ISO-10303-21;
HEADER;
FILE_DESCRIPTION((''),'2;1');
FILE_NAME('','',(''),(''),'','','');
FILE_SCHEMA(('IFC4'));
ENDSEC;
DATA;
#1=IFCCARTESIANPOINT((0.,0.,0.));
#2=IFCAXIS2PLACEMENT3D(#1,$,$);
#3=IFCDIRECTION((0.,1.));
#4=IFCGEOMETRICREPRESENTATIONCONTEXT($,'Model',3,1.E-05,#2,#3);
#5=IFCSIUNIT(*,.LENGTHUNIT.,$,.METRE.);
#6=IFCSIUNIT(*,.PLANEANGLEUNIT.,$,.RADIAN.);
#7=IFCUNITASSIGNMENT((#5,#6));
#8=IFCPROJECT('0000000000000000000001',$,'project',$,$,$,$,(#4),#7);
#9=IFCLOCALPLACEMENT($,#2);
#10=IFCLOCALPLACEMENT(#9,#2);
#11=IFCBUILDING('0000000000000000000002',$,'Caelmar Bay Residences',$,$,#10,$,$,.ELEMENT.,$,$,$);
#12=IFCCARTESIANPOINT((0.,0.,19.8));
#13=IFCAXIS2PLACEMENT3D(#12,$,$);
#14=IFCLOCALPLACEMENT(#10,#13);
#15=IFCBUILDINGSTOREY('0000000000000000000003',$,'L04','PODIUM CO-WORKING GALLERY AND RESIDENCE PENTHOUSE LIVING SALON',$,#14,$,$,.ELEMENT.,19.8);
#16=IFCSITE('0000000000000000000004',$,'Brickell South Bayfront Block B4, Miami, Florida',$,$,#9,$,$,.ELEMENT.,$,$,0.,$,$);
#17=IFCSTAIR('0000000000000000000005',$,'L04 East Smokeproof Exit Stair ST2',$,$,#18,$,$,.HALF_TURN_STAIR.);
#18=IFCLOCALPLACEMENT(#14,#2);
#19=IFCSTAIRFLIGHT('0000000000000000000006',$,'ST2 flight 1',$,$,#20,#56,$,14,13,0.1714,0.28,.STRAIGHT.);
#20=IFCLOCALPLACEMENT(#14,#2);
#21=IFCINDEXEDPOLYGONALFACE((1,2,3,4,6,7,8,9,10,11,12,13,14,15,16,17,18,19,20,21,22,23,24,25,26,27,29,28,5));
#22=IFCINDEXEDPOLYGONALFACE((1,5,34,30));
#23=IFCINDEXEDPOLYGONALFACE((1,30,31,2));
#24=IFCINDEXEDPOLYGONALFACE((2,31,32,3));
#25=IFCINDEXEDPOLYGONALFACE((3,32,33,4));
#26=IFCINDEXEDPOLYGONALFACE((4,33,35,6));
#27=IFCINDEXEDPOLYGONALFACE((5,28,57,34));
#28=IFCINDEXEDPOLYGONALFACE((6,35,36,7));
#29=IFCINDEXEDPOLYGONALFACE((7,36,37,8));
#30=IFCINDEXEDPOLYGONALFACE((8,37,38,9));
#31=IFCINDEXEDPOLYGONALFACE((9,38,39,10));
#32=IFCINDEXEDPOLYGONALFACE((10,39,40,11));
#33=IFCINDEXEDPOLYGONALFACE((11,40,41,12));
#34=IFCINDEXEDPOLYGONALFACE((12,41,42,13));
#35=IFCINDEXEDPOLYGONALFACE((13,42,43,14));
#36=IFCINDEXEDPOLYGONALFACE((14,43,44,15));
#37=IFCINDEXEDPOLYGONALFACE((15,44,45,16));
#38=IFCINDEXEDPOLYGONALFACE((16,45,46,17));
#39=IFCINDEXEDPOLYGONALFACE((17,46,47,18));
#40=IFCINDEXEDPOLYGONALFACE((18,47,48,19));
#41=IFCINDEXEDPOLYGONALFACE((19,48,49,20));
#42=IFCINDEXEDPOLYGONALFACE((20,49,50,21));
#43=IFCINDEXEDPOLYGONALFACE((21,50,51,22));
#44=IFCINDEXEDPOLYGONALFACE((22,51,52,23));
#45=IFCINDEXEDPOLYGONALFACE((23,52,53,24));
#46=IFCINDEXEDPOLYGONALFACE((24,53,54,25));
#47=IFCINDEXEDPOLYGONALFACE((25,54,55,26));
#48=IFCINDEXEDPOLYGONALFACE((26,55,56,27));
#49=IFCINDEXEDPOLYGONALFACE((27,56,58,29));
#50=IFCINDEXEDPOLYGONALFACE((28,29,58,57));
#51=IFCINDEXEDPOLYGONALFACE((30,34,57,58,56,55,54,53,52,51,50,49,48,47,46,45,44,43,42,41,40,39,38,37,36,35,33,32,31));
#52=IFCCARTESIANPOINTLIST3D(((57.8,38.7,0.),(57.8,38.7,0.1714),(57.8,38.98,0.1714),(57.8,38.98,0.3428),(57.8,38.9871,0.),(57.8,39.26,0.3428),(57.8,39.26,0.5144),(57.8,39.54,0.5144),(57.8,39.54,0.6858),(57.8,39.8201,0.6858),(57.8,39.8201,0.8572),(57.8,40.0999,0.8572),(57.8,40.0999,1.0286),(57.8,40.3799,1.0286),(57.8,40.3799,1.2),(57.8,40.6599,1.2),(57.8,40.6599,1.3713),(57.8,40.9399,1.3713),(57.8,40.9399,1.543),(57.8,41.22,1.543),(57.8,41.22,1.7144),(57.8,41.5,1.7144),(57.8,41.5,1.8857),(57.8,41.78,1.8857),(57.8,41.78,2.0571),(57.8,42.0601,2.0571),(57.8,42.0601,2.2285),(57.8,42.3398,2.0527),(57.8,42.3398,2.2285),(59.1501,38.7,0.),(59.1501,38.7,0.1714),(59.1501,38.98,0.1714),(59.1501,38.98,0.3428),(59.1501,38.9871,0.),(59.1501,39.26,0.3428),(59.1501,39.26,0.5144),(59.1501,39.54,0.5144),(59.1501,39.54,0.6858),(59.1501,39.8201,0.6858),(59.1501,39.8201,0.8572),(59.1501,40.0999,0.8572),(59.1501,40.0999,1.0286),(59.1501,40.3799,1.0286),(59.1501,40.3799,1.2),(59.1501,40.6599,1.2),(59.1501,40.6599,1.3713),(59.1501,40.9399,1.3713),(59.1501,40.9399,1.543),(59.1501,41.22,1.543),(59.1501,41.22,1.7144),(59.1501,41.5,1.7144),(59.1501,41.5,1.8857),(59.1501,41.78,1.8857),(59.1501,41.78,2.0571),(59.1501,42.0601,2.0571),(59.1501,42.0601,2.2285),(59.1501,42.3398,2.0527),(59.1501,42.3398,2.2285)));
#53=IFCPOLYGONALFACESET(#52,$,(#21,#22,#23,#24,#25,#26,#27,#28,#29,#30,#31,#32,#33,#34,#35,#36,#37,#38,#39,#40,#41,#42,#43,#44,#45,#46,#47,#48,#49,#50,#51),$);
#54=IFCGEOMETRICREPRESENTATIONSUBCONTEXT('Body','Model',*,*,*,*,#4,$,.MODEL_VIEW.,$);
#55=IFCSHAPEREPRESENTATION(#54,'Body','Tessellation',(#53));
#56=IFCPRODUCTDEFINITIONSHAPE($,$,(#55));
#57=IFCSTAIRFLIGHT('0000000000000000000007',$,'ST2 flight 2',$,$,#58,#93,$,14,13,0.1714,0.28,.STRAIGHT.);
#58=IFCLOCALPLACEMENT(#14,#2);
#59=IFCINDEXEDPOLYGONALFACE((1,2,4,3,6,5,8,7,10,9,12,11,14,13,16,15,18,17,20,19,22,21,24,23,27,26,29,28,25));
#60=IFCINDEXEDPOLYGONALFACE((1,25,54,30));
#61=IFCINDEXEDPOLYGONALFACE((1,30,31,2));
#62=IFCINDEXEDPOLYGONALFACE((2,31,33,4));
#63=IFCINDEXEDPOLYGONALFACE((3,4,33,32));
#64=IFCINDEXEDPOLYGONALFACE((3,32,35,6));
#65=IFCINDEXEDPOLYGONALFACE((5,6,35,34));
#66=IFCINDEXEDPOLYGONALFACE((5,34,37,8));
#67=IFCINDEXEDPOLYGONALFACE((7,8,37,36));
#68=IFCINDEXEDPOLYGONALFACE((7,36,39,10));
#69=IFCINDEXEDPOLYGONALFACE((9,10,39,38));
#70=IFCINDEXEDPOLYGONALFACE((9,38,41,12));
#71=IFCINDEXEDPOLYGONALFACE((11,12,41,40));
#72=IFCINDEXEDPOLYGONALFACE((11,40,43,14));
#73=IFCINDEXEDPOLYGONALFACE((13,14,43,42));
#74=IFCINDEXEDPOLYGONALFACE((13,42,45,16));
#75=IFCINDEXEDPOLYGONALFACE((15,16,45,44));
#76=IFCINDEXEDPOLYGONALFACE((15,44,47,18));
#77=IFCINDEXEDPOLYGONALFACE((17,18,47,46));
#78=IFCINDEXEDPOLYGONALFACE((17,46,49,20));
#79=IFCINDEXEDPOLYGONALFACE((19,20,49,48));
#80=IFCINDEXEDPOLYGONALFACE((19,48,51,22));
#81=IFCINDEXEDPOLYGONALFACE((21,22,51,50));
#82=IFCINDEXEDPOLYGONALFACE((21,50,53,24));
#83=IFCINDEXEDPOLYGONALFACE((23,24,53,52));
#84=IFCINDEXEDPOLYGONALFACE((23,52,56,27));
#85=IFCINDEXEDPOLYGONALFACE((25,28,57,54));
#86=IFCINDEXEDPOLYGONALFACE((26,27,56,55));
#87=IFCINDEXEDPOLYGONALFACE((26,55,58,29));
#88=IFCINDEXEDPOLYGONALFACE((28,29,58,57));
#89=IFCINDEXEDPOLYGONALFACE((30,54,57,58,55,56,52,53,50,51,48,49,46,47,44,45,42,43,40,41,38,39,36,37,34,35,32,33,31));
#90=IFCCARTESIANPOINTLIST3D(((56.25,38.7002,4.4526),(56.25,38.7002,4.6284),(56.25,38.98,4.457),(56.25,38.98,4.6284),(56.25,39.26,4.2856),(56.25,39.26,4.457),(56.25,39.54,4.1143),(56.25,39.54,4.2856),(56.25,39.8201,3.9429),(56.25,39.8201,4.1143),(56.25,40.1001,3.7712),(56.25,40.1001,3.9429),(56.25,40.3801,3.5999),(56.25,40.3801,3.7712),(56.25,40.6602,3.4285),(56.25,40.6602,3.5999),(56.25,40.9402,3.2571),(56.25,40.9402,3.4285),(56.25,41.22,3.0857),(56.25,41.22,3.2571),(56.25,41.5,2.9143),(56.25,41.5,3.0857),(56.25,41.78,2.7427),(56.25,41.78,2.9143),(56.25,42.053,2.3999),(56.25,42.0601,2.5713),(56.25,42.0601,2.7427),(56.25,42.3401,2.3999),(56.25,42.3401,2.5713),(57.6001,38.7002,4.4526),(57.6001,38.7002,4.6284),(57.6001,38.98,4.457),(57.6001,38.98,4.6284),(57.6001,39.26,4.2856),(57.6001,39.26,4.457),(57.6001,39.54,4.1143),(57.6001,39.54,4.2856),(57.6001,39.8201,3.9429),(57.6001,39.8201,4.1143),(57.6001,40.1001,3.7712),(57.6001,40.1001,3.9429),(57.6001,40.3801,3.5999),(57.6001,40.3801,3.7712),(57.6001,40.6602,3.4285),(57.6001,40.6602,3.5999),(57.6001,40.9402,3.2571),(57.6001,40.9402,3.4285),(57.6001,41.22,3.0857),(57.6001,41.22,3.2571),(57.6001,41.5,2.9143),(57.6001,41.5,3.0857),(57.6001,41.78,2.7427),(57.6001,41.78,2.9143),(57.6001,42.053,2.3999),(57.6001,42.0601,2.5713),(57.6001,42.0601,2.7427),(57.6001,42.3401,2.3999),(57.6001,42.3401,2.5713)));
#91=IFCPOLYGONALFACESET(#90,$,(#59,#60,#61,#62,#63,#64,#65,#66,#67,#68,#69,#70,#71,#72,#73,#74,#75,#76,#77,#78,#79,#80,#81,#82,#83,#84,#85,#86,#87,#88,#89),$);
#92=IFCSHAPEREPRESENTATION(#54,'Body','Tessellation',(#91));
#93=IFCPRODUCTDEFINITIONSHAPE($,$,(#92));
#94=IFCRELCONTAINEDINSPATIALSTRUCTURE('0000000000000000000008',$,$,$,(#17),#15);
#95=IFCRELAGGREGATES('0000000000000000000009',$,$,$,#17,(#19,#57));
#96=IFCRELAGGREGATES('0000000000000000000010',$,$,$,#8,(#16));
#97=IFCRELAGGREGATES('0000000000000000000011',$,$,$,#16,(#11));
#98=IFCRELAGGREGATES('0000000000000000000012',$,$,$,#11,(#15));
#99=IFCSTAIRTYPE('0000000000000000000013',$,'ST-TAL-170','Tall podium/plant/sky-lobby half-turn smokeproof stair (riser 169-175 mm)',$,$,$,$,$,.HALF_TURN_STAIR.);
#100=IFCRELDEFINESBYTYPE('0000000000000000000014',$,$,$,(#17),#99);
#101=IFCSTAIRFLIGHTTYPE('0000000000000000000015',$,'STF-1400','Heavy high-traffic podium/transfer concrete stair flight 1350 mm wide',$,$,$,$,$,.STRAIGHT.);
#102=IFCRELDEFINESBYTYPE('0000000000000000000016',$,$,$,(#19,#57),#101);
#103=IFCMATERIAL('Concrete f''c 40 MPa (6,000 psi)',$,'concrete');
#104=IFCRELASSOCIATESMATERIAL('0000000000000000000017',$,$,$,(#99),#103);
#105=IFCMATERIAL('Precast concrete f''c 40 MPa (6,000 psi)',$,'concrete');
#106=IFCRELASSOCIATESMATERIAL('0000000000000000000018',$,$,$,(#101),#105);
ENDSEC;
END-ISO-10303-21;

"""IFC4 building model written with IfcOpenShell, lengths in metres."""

from ifc_helpers import new_model, si_unit, direction, frame, origin, place, context, subcontext, project, spatial, polyline, outline, extrude, material, type_object, element, aggregate, save


model = new_model("IFC4")

# Units and contexts
model_context = context("Model", 3, precision=1e-05, world=origin(), true_north=direction((0.0, 1.0)))
body_context = subcontext(model_context, "Body", "Model", "MODEL_VIEW")
ifc_project = project(units=[si_unit("LENGTHUNIT", "METRE"), si_unit("PLANEANGLEUNIT", "RADIAN")], contexts=[model_context])

# Site, building, storey
site_placement = place(None, origin())
site = spatial("IfcSite", under=ifc_project, at=site_placement, Name="Brickell South Bayfront Block B4, Miami, Florida", CompositionType="ELEMENT", RefElevation=0.0)
building_placement = place(site_placement, origin())
building = spatial("IfcBuilding", under=site, at=building_placement, Name="Caelmar Bay Residences", CompositionType="ELEMENT")
storey_placement = place(building_placement, frame((0.0, 0.0, 19.8)))
storey = spatial("IfcBuildingStorey", under=building, at=storey_placement, Name="L04", Description="PODIUM CO-WORKING GALLERY AND RESIDENCE PENTHOUSE LIVING SALON", CompositionType="ELEMENT", Elevation=19.8)

# Shared definitions
ifc_material_1 = material(Name="Precast concrete f'c 40 MPa (6,000 psi)", Category="concrete")

# Stair, stair flights
ifc_material_2 = material(Name="Concrete f'c 40 MPa (6,000 psi)", Category="concrete")
stair_type = type_object("IfcStairType", Name="ST-TAL-170", Description="Tall podium/plant/sky-lobby half-turn smokeproof stair (riser 169-175 mm)", PredefinedType="HALF_TURN_STAIR", material=ifc_material_2)
stair_placement = place(storey_placement, origin())
stair = element("IfcStair", 1, at=stair_placement, inside=storey, type_object=stair_type, Name="L04 East Smokeproof Exit Stair ST2", PredefinedType="HALF_TURN_STAIR")
stair_flight_type = type_object("IfcStairFlightType", Name="STF-1400", Description="Heavy high-traffic podium/transfer concrete stair flight 1350 mm wide", PredefinedType="STRAIGHT", material=ifc_material_1)
stair_flight_1_placement = place(storey_placement, frame((58.4751, 38.7, 0.0), z_axis=(0.0, 0.0, 1.0), x_axis=(0.0, 1.0, 0.0)))
stair_flight_1 = element("IfcStairFlight", 2, at=stair_flight_1_placement, type_object=stair_flight_type, Name="ST2 flight 1", NumberOfRisers=14, NumberOfTreads=13, PredefinedType="STRAIGHT", RiserHeight=0.1714, TreadLength=0.28, context=body_context, shape_type="SweptSolid", body=[
    extrude(outline(polyline([(0.0, 0.0), (0.0, 0.1714), (0.28, 0.1714), (0.28, 0.3428), (0.5601, 0.3428), (0.5601, 0.5144), (0.8401, 0.5144), (0.8401, 0.6858), (1.1201, 0.6858), (1.1201, 0.8572), (1.3999, 0.8572), (1.3999, 1.0286), (1.6799, 1.0286), (1.6799, 1.2), (1.96, 1.2), (1.96, 1.3713), (2.24, 1.3713), (2.24, 1.543), (2.52, 1.543), (2.52, 1.7144), (2.8, 1.7144), (2.8, 1.8857), (3.0801, 1.8857), (3.0801, 2.0571), (3.3601, 2.0571), (3.3601, 2.2285), (3.6399, 2.2285), (3.6399, 2.3999), (3.6399, 2.0527), (0.2871, 0.0), (0.0, 0.0)])), frame((0.0, 0.675, 0.0), z_axis=(0.0, -1.0, 0.0), x_axis=(1.0, 0.0, 0.0)), (0.0, 0.0, 1.0), 1.3501),
])
stair_flight_2_placement = place(storey_placement, frame((56.925, 42.3401, 2.3999), z_axis=(0.0, 0.0, 1.0), x_axis=(0.0, -1.0, 0.0)))
stair_flight_2 = element("IfcStairFlight", 3, at=stair_flight_2_placement, type_object=stair_flight_type, Name="ST2 flight 2", NumberOfRisers=14, NumberOfTreads=13, PredefinedType="STRAIGHT", RiserHeight=0.1714, TreadLength=0.28, context=body_context, shape_type="SweptSolid", body=[
    extrude(outline(polyline([(0.0, 0.0), (0.0, 0.1714), (0.28, 0.1714), (0.28, 0.3428), (0.5601, 0.3428), (0.5601, 0.5144), (0.8401, 0.5144), (0.8401, 0.6858), (1.1201, 0.6858), (1.1201, 0.8572), (1.3999, 0.8572), (1.3999, 1.0286), (1.6799, 1.0286), (1.6799, 1.2), (1.96, 1.2), (1.96, 1.3713), (2.24, 1.3713), (2.24, 1.543), (2.52, 1.543), (2.52, 1.7144), (2.8, 1.7144), (2.8, 1.8857), (3.0801, 1.8857), (3.0801, 2.0571), (3.3601, 2.0571), (3.3601, 2.2285), (3.6399, 2.2285), (3.6399, 2.3999), (3.6399, 2.0527), (0.2871, 0.0), (0.0, 0.0)])), frame((0.0, 0.675, 0.0), z_axis=(0.0, -1.0, 0.0), x_axis=(1.0, 0.0, 0.0)), (0.0, 0.0, 1.0), 1.3501),
])
aggregate(stair, [stair_flight_1, stair_flight_2])

save(model, "model.ifc")
